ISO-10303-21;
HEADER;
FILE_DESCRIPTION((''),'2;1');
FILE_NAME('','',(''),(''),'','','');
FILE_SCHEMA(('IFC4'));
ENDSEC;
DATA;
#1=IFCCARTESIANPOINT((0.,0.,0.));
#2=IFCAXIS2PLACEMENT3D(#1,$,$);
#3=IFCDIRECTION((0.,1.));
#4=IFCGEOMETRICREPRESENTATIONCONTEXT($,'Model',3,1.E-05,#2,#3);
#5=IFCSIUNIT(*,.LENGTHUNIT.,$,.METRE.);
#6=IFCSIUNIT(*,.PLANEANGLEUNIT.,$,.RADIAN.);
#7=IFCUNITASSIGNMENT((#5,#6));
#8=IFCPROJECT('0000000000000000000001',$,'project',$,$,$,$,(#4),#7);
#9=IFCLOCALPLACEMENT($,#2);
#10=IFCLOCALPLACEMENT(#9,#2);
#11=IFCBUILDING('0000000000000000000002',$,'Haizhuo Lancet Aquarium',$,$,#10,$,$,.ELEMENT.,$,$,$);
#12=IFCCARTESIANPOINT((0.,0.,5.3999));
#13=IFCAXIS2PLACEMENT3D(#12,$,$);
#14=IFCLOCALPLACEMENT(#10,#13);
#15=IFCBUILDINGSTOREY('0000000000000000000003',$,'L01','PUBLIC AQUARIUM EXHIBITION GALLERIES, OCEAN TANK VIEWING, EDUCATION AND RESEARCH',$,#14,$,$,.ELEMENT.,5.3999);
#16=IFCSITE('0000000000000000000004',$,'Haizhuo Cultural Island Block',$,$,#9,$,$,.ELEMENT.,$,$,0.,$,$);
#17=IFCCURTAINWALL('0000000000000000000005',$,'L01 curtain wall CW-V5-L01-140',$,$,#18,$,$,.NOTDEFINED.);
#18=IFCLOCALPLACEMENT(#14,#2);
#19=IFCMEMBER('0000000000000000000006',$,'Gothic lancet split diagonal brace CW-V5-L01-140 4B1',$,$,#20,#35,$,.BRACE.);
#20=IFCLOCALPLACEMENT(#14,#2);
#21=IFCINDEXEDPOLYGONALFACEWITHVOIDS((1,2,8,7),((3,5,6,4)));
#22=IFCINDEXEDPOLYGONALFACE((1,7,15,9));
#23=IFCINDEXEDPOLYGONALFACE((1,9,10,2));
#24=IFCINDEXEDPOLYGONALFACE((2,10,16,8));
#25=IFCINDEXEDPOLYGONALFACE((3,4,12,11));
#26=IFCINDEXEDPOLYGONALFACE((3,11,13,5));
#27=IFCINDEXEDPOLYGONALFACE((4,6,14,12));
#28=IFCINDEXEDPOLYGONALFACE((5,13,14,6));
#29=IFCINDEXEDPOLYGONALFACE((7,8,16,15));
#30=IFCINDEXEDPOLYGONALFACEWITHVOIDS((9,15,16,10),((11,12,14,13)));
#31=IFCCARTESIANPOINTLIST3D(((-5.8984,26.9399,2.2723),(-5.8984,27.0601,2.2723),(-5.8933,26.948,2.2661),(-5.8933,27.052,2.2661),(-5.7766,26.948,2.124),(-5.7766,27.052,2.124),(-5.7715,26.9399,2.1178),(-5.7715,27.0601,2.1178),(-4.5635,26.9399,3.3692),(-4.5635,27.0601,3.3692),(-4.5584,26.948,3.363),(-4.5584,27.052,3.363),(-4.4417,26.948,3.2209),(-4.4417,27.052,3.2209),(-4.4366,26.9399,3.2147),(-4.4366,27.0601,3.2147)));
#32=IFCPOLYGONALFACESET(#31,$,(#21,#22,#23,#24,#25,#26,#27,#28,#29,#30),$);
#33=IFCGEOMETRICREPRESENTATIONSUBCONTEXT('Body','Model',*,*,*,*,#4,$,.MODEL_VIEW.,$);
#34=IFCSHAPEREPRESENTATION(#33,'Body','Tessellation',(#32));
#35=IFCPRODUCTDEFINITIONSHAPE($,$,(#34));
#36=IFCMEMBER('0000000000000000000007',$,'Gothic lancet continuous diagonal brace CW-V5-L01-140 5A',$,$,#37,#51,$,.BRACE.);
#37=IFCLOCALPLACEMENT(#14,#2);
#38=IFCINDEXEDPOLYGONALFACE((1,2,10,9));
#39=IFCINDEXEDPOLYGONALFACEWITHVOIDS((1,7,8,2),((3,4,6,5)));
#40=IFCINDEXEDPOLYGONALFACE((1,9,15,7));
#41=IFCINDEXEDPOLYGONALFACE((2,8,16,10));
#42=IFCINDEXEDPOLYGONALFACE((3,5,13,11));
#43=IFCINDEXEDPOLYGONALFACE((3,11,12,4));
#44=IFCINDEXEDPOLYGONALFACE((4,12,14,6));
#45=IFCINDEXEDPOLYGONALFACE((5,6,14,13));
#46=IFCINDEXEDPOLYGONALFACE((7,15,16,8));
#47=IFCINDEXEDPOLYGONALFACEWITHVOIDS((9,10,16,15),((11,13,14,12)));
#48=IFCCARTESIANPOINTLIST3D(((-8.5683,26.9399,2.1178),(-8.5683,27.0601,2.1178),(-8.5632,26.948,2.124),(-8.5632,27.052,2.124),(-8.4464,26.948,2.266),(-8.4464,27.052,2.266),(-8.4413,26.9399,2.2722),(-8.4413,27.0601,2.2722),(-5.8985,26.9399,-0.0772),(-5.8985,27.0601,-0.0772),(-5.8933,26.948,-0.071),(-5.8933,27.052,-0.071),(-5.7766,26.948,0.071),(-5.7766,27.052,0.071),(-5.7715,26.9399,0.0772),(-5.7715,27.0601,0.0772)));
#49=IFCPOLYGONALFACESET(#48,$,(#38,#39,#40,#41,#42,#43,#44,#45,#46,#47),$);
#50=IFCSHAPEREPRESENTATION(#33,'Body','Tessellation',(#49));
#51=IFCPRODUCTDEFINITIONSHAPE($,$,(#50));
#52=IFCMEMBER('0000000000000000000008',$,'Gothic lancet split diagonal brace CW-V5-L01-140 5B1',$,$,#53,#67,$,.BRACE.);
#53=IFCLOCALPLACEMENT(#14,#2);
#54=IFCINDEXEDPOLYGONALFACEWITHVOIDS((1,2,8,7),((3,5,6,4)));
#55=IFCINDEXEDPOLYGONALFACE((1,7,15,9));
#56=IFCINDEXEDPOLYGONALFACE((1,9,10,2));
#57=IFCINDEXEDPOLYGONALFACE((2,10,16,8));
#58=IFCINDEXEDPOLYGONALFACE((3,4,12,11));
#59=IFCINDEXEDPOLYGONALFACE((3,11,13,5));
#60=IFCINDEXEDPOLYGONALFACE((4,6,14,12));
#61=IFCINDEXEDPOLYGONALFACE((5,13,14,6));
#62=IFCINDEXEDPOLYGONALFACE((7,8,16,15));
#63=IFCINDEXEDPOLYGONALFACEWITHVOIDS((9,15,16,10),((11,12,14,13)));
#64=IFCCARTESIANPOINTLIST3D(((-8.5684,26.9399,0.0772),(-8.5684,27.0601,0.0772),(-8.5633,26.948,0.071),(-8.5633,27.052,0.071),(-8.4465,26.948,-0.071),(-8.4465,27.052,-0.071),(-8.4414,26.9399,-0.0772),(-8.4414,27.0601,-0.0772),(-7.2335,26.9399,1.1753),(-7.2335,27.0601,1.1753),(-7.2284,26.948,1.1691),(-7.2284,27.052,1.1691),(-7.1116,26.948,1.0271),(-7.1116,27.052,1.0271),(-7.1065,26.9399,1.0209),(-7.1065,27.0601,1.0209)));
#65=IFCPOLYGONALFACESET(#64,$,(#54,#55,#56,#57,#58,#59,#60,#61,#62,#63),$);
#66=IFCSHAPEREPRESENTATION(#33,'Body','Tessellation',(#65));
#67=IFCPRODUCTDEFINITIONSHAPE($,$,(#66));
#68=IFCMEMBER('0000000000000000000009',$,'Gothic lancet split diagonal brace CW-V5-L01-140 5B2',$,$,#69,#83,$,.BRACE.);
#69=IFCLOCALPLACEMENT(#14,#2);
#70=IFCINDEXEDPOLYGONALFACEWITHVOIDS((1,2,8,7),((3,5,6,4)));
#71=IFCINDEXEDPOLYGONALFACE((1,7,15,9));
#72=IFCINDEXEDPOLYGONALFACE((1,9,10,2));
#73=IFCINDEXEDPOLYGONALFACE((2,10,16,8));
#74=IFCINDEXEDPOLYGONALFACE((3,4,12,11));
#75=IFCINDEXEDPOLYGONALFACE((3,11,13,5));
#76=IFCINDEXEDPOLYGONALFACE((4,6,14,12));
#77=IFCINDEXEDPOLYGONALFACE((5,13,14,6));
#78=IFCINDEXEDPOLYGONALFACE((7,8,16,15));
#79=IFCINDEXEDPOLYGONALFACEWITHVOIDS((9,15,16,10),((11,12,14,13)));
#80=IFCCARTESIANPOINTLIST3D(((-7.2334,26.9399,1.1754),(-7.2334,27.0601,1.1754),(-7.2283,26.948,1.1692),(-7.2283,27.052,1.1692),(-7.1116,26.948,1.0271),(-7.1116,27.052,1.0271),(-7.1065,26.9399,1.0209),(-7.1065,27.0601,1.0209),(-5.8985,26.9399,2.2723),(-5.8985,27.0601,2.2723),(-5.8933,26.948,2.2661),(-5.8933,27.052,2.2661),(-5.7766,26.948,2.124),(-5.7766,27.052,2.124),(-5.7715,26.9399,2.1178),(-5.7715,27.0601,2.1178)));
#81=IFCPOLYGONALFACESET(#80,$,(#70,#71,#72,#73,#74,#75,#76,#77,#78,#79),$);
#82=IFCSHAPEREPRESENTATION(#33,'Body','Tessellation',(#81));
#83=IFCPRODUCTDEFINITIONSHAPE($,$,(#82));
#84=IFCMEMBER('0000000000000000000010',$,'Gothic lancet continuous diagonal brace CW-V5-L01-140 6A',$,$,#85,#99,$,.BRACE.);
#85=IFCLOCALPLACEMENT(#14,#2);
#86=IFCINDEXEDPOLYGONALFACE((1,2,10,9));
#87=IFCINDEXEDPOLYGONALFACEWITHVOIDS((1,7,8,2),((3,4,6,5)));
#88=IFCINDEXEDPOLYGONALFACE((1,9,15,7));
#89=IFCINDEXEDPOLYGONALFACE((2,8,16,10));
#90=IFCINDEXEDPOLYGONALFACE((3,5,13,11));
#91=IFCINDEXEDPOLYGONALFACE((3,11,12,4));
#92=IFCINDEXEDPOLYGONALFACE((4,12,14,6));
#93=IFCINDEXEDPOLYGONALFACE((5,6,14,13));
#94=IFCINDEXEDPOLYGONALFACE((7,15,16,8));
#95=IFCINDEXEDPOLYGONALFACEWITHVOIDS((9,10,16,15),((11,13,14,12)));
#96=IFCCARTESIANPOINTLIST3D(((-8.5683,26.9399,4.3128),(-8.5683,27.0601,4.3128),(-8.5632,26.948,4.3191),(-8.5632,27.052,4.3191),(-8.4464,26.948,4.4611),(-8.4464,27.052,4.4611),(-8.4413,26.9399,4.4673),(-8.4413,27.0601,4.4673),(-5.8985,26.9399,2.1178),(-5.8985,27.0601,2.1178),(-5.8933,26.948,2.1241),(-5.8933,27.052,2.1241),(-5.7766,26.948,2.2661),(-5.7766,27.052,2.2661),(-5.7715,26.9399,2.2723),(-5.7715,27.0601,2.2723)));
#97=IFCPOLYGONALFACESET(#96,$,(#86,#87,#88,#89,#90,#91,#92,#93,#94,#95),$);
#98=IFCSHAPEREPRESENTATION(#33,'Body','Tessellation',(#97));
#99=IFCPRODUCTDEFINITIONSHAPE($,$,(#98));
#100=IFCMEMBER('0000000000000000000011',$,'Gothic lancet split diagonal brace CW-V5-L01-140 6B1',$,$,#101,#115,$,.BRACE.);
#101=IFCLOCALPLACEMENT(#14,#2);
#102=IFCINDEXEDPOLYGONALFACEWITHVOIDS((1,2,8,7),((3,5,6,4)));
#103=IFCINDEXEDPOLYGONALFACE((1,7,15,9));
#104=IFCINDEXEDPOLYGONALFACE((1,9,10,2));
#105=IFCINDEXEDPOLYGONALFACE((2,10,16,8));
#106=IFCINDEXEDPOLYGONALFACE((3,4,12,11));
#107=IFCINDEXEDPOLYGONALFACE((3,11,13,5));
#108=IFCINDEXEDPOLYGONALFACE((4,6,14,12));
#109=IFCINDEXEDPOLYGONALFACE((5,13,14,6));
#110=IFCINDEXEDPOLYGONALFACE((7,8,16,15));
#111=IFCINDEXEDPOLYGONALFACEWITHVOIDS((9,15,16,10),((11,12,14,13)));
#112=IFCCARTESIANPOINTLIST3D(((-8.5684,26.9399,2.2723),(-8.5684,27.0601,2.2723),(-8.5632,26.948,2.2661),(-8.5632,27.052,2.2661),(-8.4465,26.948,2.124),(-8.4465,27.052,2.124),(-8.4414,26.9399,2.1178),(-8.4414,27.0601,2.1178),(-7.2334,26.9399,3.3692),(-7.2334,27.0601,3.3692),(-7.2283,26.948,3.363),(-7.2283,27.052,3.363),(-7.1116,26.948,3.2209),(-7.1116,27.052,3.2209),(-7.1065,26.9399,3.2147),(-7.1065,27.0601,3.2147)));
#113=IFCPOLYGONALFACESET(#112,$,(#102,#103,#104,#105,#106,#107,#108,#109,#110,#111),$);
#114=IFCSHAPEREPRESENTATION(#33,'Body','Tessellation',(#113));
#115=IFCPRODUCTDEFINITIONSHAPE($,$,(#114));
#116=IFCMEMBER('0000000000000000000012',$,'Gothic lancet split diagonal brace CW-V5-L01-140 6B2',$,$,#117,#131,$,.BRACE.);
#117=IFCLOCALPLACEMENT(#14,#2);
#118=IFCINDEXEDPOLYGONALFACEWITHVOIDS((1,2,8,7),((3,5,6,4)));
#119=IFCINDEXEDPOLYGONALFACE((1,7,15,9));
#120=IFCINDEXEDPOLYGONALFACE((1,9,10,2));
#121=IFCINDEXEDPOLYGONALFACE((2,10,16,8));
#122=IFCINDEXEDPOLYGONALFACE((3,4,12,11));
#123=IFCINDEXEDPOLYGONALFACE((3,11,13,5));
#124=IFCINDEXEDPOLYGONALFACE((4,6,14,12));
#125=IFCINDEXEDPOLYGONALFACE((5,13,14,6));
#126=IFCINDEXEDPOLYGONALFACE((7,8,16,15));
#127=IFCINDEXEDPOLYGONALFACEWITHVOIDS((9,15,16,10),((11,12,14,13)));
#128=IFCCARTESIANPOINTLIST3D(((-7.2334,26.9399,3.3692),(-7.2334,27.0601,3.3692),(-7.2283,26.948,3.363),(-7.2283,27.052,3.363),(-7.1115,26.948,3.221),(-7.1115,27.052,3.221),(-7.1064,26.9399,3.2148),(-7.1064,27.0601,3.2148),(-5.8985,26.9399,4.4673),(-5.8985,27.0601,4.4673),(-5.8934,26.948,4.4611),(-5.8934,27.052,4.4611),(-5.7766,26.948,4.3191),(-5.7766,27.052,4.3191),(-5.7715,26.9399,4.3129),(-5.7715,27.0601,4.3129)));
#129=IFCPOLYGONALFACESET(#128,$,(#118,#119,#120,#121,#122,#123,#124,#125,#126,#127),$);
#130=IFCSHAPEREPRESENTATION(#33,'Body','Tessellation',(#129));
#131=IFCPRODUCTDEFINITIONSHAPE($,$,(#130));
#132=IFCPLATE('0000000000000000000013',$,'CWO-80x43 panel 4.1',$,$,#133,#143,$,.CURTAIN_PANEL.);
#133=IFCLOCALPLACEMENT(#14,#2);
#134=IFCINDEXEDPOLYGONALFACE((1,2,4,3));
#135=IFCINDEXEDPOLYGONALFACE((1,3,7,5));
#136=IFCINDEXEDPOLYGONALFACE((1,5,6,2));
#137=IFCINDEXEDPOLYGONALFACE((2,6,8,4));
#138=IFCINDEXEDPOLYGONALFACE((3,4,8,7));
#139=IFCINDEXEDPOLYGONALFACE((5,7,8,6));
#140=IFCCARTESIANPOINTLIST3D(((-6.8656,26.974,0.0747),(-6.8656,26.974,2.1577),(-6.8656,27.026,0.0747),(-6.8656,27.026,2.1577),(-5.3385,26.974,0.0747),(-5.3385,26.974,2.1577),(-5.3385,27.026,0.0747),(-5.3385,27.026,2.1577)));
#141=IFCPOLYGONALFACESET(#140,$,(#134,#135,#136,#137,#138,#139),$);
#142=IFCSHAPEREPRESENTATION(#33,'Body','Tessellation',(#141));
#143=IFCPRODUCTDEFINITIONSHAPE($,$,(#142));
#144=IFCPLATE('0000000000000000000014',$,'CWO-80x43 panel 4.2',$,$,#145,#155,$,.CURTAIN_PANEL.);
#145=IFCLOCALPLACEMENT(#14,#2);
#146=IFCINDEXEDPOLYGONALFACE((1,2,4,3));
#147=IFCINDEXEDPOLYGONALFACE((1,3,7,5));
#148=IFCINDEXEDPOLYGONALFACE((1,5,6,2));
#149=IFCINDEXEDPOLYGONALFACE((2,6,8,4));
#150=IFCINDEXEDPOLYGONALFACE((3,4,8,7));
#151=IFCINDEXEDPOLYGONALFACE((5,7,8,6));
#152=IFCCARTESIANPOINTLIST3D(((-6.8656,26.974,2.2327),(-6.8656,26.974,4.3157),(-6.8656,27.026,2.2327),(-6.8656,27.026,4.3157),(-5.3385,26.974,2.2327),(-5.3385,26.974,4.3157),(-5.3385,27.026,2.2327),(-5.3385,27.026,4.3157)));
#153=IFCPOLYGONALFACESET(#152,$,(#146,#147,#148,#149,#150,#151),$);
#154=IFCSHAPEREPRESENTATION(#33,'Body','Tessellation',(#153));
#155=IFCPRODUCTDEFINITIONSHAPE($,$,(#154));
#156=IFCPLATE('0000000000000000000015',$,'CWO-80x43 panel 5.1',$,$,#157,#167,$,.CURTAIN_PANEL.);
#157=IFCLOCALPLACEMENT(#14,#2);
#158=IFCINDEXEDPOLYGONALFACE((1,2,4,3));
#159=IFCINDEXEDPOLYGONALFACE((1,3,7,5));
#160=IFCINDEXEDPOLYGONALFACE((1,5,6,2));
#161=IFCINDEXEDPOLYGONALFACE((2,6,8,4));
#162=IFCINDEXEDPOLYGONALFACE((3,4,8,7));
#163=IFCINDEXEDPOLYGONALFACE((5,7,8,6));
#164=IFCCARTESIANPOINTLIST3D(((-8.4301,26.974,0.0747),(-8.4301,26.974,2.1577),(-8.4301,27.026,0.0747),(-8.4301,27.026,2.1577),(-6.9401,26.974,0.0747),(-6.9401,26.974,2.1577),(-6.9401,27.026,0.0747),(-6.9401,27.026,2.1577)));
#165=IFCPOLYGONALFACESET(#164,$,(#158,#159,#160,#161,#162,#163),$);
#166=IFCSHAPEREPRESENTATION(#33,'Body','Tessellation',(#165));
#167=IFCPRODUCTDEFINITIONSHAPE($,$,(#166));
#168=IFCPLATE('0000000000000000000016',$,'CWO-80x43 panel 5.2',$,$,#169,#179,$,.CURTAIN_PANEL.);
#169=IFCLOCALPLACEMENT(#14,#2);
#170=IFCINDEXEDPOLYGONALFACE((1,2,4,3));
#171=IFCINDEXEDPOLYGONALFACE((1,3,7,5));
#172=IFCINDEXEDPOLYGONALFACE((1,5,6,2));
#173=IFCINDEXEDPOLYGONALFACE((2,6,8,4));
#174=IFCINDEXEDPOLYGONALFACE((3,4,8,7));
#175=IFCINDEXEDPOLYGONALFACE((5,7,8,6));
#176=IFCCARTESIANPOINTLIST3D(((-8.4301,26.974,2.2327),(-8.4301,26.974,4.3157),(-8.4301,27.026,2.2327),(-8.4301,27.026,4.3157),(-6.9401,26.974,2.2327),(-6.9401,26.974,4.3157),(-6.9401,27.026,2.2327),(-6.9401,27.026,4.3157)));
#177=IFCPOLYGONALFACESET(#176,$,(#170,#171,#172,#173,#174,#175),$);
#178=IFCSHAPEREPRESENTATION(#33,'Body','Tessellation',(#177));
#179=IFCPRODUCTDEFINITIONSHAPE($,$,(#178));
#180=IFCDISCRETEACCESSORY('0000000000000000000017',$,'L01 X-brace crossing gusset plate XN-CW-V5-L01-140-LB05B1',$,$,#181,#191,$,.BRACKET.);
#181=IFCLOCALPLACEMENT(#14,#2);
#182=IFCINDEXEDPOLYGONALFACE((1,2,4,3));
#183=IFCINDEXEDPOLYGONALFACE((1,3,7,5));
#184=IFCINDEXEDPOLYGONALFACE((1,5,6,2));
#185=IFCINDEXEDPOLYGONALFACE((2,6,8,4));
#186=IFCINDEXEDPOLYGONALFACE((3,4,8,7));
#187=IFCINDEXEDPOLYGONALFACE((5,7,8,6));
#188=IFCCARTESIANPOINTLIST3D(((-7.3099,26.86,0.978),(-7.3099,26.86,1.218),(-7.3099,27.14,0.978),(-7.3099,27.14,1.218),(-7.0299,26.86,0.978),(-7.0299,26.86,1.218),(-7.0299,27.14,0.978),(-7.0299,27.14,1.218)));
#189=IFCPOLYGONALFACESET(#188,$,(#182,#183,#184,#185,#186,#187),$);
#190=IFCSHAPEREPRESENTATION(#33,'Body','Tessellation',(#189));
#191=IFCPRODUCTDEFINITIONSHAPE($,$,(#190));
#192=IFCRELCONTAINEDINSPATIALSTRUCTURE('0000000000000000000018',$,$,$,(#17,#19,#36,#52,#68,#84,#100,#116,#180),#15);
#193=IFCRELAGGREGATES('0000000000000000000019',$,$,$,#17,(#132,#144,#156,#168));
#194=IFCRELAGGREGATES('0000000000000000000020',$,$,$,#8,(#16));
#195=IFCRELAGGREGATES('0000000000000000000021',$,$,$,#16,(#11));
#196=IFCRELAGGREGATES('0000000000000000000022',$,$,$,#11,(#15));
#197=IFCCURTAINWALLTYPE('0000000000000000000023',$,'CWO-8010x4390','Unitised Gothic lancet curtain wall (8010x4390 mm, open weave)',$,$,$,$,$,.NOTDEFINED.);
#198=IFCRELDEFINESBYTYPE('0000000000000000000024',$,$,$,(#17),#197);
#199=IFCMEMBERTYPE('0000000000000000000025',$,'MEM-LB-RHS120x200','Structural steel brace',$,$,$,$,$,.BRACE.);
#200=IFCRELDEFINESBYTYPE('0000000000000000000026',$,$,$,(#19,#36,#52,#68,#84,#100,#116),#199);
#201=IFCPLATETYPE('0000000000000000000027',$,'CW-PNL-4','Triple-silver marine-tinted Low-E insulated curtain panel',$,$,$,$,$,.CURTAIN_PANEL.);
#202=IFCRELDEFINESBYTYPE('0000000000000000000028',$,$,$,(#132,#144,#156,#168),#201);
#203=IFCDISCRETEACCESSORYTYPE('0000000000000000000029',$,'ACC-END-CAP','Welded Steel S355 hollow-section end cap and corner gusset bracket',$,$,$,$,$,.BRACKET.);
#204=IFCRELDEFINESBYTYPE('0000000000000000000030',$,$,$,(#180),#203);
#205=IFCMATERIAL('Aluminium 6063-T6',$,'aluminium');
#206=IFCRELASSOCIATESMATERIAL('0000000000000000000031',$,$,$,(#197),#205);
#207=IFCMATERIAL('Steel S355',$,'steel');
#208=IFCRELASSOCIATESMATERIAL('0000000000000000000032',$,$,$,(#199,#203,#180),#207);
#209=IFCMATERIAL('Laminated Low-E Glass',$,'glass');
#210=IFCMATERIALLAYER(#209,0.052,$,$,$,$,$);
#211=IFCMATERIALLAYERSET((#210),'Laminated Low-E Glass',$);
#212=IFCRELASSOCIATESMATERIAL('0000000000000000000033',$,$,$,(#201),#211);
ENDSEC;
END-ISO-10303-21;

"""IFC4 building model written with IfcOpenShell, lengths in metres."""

from ifc_helpers import new_model, si_unit, direction, frame, origin, origin_2d, place, context, subcontext, project, spatial, rectangle, hollow_rectangle, extrude, material, layer, layer_set, material_profile, profile_set, type_object, element, aggregate, save


model = new_model("IFC4")

# Units and contexts
model_context = context("Model", 3, precision=1e-05, world=origin(), true_north=direction((0.0, 1.0)))
body_context = subcontext(model_context, "Body", "Model", "MODEL_VIEW")
ifc_project = project(units=[si_unit("LENGTHUNIT", "METRE"), si_unit("PLANEANGLEUNIT", "RADIAN")], contexts=[model_context])

# Site, building, storey
site_placement = place(None, origin())
site = spatial("IfcSite", under=ifc_project, at=site_placement, Name="Haizhuo Cultural Island Block", CompositionType="ELEMENT", RefElevation=0.0)
building_placement = place(site_placement, origin())
building = spatial("IfcBuilding", under=site, at=building_placement, Name="Haizhuo Lancet Aquarium", CompositionType="ELEMENT")
storey_placement = place(building_placement, frame((0.0, 0.0, 5.3999)))
storey = spatial("IfcBuildingStorey", under=building, at=storey_placement, Name="L01", Description="PUBLIC AQUARIUM EXHIBITION GALLERIES, OCEAN TANK VIEWING, EDUCATION AND RESEARCH", CompositionType="ELEMENT", Elevation=5.3999)

# Curtain wall
ifc_material_1 = material(Name="Aluminium 6063-T6", Category="aluminium")
curtain_wall_type = type_object("IfcCurtainWallType", Name="CWO-8010x4390", Description="Unitised Gothic lancet curtain wall (8010x4390 mm, open weave)", PredefinedType="NOTDEFINED", material=ifc_material_1)
curtain_wall_placement = place(storey_placement, origin())
curtain_wall = element("IfcCurtainWall", 1, at=curtain_wall_placement, inside=storey, type_object=curtain_wall_type, Name="L01 curtain wall CW-V5-L01-140", PredefinedType="NOTDEFINED")

# Members
ifc_material_2 = material(Name="Steel S355", Category="steel")
ifc_material_profile_1 = material_profile(ifc_material_2, hollow_rectangle(XDim=0.1201, YDim=0.2, WallThickness=0.0081, at=origin_2d()), Name="RHS 120x200x8")
ifc_profile_set_1 = profile_set([ifc_material_profile_1], Name="Steel S355")
member_type_1 = type_object("IfcMemberType", Name="MEM-LB-RHS120x200", Description="Structural steel brace", PredefinedType="BRACE", material=ifc_profile_set_1)
member_1_placement = place(storey_placement, frame((-5.835, 27.0, 2.1951), z_axis=(0.772627, 0.0, 0.63486), x_axis=(0.0, 1.0, 0.0)))
element("IfcMember", 2, at=member_1_placement, inside=storey, type_object=member_type_1, Name="Gothic lancet split diagonal brace CW-V5-L01-140 4B1", PredefinedType="BRACE", context=body_context, shape_type="SweptSolid", body=[
    extrude(hollow_rectangle(XDim=0.1201, YDim=0.2, WallThickness=0.0081, at=origin_2d()), origin(), (0.0, 0.0, 1.0), 1.7278),
])
member_2_placement = place(storey_placement, frame((-5.835, 27.0, 0.0), z_axis=(-0.772454, 0.0, 0.635071), x_axis=(0.0, -1.0, 0.0)))
element("IfcMember", 3, at=member_2_placement, inside=storey, type_object=member_type_1, Name="Gothic lancet continuous diagonal brace CW-V5-L01-140 5A", PredefinedType="BRACE", context=body_context, shape_type="SweptSolid", body=[
    extrude(hollow_rectangle(XDim=0.1201, YDim=0.2, WallThickness=0.0081, at=origin_2d()), origin(), (0.0, 0.0, 1.0), 3.4563),
])
member_3_placement = place(storey_placement, frame((-8.5049, 27.0, 0.0), z_axis=(0.772281, 0.0, 0.635281), x_axis=(0.0, 1.0, 0.0)))
element("IfcMember", 4, at=member_3_placement, inside=storey, type_object=member_type_1, Name="Gothic lancet split diagonal brace CW-V5-L01-140 5B1", PredefinedType="BRACE", context=body_context, shape_type="SweptSolid", body=[
    extrude(hollow_rectangle(XDim=0.1201, YDim=0.2, WallThickness=0.0081, at=origin_2d()), origin(), (0.0, 0.0, 1.0), 1.7285),
])
member_4_placement = place(storey_placement, frame((-7.1699, 27.0, 1.0981), z_axis=(0.772627, 0.0, 0.63486), x_axis=(0.0, 1.0, 0.0)))
element("IfcMember", 5, at=member_4_placement, inside=storey, type_object=member_type_1, Name="Gothic lancet split diagonal brace CW-V5-L01-140 5B2", PredefinedType="BRACE", context=body_context, shape_type="SweptSolid", body=[
    extrude(hollow_rectangle(XDim=0.1201, YDim=0.2, WallThickness=0.0081, at=origin_2d()), origin(), (0.0, 0.0, 1.0), 1.7278),
])
member_5_placement = place(storey_placement, frame((-5.835, 27.0, 2.1951), z_axis=(-0.772454, 0.0, 0.635071), x_axis=(0.0, -1.0, 0.0)))
element("IfcMember", 6, at=member_5_placement, inside=storey, type_object=member_type_1, Name="Gothic lancet continuous diagonal brace CW-V5-L01-140 6A", PredefinedType="BRACE", context=body_context, shape_type="SweptSolid", body=[
    extrude(hollow_rectangle(XDim=0.1201, YDim=0.2, WallThickness=0.0081, at=origin_2d()), origin(), (0.0, 0.0, 1.0), 3.4563),
])
member_6_placement = place(storey_placement, frame((-8.5049, 27.0, 2.1951), z_axis=(0.772627, 0.0, 0.63486), x_axis=(0.0, 1.0, 0.0)))
element("IfcMember", 7, at=member_6_placement, inside=storey, type_object=member_type_1, Name="Gothic lancet split diagonal brace CW-V5-L01-140 6B1", PredefinedType="BRACE", context=body_context, shape_type="SweptSolid", body=[
    extrude(hollow_rectangle(XDim=0.1201, YDim=0.2, WallThickness=0.0081, at=origin_2d()), origin(), (0.0, 0.0, 1.0), 1.7278),
])
member_7_placement = place(storey_placement, frame((-7.1699, 27.0, 3.292), z_axis=(0.772281, 0.0, 0.635281), x_axis=(0.0, 1.0, 0.0)))
element("IfcMember", 8, at=member_7_placement, inside=storey, type_object=member_type_1, Name="Gothic lancet split diagonal brace CW-V5-L01-140 6B2", PredefinedType="BRACE", context=body_context, shape_type="SweptSolid", body=[
    extrude(hollow_rectangle(XDim=0.1201, YDim=0.2, WallThickness=0.0081, at=origin_2d()), origin(), (0.0, 0.0, 1.0), 1.7285),
])

# Plates
ifc_material_3 = material(Name="Laminated Low-E Glass", Category="glass")
ifc_layer = layer(ifc_material_3, 0.052)
ifc_layer_set = layer_set([ifc_layer], Name="Laminated Low-E Glass")
plate_type = type_object("IfcPlateType", Name="CW-PNL-4", Description="Triple-silver marine-tinted Low-E insulated curtain panel", PredefinedType="CURTAIN_PANEL", material=ifc_layer_set)
plate_1_placement = place(storey_placement, frame((-6.1021, 27.0, 0.0747), z_axis=(0.0, 0.0, 1.0), x_axis=(-1.0, 0.0, 0.0)))
plate_1 = element("IfcPlate", 9, at=plate_1_placement, type_object=plate_type, Name="CWO-80x43 panel 4.1", PredefinedType="CURTAIN_PANEL", context=body_context, shape_type="SweptSolid", body=[
    extrude(rectangle(XDim=1.5271, YDim=0.052, at=origin_2d()), origin(), (0.0, 0.0, 1.0), 2.083),
])
plate_2_placement = place(storey_placement, frame((-6.1021, 27.0, 2.2327), z_axis=(0.0, 0.0, 1.0), x_axis=(-1.0, 0.0, 0.0)))
plate_2 = element("IfcPlate", 10, at=plate_2_placement, type_object=plate_type, Name="CWO-80x43 panel 4.2", PredefinedType="CURTAIN_PANEL", context=body_context, shape_type="SweptSolid", body=[
    extrude(rectangle(XDim=1.5271, YDim=0.052, at=origin_2d()), origin(), (0.0, 0.0, 1.0), 2.083),
])
plate_3_placement = place(storey_placement, frame((-7.6851, 27.0, 0.0747), z_axis=(0.0, 0.0, 1.0), x_axis=(-1.0, 0.0, 0.0)))
plate_3 = element("IfcPlate", 11, at=plate_3_placement, type_object=plate_type, Name="CWO-80x43 panel 5.1", PredefinedType="CURTAIN_PANEL", context=body_context, shape_type="SweptSolid", body=[
    extrude(rectangle(XDim=1.49, YDim=0.052, at=origin_2d()), origin(), (0.0, 0.0, 1.0), 2.083),
])
plate_4_placement = place(storey_placement, frame((-7.6851, 27.0, 2.2327), z_axis=(0.0, 0.0, 1.0), x_axis=(-1.0, 0.0, 0.0)))
plate_4 = element("IfcPlate", 12, at=plate_4_placement, type_object=plate_type, Name="CWO-80x43 panel 5.2", PredefinedType="CURTAIN_PANEL", context=body_context, shape_type="SweptSolid", body=[
    extrude(rectangle(XDim=1.49, YDim=0.052, at=origin_2d()), origin(), (0.0, 0.0, 1.0), 2.083),
])
aggregate(curtain_wall, [plate_1, plate_2, plate_3, plate_4])

# Discrete accessory
discrete_accessory_type = type_object("IfcDiscreteAccessoryType", Name="ACC-END-CAP", Description="Welded Steel S355 hollow-section end cap and corner gusset bracket", PredefinedType="BRACKET", material=ifc_material_2)
for number, where, z_axis, x_axis, name in (
    (13, (-7.1699, 27.0, 0.978), (0.0, 0.0, 1.0), (1.0, 0.0, 0.0), "L01 X-brace crossing gusset plate XN-CW-V5-L01-140-LB05B1"),
):
    element("IfcDiscreteAccessory", number, at=place(storey_placement, frame(where, z_axis=z_axis, x_axis=x_axis)), inside=storey, type_object=discrete_accessory_type, material=ifc_material_2, Name=name, PredefinedType="BRACKET", context=body_context, shape_type="SweptSolid", body=[
        extrude(rectangle(XDim=0.28, YDim=0.28, at=origin_2d()), origin(), (0.0, 0.0, 1.0), 0.24),
    ])

save(model, "model.ifc")
